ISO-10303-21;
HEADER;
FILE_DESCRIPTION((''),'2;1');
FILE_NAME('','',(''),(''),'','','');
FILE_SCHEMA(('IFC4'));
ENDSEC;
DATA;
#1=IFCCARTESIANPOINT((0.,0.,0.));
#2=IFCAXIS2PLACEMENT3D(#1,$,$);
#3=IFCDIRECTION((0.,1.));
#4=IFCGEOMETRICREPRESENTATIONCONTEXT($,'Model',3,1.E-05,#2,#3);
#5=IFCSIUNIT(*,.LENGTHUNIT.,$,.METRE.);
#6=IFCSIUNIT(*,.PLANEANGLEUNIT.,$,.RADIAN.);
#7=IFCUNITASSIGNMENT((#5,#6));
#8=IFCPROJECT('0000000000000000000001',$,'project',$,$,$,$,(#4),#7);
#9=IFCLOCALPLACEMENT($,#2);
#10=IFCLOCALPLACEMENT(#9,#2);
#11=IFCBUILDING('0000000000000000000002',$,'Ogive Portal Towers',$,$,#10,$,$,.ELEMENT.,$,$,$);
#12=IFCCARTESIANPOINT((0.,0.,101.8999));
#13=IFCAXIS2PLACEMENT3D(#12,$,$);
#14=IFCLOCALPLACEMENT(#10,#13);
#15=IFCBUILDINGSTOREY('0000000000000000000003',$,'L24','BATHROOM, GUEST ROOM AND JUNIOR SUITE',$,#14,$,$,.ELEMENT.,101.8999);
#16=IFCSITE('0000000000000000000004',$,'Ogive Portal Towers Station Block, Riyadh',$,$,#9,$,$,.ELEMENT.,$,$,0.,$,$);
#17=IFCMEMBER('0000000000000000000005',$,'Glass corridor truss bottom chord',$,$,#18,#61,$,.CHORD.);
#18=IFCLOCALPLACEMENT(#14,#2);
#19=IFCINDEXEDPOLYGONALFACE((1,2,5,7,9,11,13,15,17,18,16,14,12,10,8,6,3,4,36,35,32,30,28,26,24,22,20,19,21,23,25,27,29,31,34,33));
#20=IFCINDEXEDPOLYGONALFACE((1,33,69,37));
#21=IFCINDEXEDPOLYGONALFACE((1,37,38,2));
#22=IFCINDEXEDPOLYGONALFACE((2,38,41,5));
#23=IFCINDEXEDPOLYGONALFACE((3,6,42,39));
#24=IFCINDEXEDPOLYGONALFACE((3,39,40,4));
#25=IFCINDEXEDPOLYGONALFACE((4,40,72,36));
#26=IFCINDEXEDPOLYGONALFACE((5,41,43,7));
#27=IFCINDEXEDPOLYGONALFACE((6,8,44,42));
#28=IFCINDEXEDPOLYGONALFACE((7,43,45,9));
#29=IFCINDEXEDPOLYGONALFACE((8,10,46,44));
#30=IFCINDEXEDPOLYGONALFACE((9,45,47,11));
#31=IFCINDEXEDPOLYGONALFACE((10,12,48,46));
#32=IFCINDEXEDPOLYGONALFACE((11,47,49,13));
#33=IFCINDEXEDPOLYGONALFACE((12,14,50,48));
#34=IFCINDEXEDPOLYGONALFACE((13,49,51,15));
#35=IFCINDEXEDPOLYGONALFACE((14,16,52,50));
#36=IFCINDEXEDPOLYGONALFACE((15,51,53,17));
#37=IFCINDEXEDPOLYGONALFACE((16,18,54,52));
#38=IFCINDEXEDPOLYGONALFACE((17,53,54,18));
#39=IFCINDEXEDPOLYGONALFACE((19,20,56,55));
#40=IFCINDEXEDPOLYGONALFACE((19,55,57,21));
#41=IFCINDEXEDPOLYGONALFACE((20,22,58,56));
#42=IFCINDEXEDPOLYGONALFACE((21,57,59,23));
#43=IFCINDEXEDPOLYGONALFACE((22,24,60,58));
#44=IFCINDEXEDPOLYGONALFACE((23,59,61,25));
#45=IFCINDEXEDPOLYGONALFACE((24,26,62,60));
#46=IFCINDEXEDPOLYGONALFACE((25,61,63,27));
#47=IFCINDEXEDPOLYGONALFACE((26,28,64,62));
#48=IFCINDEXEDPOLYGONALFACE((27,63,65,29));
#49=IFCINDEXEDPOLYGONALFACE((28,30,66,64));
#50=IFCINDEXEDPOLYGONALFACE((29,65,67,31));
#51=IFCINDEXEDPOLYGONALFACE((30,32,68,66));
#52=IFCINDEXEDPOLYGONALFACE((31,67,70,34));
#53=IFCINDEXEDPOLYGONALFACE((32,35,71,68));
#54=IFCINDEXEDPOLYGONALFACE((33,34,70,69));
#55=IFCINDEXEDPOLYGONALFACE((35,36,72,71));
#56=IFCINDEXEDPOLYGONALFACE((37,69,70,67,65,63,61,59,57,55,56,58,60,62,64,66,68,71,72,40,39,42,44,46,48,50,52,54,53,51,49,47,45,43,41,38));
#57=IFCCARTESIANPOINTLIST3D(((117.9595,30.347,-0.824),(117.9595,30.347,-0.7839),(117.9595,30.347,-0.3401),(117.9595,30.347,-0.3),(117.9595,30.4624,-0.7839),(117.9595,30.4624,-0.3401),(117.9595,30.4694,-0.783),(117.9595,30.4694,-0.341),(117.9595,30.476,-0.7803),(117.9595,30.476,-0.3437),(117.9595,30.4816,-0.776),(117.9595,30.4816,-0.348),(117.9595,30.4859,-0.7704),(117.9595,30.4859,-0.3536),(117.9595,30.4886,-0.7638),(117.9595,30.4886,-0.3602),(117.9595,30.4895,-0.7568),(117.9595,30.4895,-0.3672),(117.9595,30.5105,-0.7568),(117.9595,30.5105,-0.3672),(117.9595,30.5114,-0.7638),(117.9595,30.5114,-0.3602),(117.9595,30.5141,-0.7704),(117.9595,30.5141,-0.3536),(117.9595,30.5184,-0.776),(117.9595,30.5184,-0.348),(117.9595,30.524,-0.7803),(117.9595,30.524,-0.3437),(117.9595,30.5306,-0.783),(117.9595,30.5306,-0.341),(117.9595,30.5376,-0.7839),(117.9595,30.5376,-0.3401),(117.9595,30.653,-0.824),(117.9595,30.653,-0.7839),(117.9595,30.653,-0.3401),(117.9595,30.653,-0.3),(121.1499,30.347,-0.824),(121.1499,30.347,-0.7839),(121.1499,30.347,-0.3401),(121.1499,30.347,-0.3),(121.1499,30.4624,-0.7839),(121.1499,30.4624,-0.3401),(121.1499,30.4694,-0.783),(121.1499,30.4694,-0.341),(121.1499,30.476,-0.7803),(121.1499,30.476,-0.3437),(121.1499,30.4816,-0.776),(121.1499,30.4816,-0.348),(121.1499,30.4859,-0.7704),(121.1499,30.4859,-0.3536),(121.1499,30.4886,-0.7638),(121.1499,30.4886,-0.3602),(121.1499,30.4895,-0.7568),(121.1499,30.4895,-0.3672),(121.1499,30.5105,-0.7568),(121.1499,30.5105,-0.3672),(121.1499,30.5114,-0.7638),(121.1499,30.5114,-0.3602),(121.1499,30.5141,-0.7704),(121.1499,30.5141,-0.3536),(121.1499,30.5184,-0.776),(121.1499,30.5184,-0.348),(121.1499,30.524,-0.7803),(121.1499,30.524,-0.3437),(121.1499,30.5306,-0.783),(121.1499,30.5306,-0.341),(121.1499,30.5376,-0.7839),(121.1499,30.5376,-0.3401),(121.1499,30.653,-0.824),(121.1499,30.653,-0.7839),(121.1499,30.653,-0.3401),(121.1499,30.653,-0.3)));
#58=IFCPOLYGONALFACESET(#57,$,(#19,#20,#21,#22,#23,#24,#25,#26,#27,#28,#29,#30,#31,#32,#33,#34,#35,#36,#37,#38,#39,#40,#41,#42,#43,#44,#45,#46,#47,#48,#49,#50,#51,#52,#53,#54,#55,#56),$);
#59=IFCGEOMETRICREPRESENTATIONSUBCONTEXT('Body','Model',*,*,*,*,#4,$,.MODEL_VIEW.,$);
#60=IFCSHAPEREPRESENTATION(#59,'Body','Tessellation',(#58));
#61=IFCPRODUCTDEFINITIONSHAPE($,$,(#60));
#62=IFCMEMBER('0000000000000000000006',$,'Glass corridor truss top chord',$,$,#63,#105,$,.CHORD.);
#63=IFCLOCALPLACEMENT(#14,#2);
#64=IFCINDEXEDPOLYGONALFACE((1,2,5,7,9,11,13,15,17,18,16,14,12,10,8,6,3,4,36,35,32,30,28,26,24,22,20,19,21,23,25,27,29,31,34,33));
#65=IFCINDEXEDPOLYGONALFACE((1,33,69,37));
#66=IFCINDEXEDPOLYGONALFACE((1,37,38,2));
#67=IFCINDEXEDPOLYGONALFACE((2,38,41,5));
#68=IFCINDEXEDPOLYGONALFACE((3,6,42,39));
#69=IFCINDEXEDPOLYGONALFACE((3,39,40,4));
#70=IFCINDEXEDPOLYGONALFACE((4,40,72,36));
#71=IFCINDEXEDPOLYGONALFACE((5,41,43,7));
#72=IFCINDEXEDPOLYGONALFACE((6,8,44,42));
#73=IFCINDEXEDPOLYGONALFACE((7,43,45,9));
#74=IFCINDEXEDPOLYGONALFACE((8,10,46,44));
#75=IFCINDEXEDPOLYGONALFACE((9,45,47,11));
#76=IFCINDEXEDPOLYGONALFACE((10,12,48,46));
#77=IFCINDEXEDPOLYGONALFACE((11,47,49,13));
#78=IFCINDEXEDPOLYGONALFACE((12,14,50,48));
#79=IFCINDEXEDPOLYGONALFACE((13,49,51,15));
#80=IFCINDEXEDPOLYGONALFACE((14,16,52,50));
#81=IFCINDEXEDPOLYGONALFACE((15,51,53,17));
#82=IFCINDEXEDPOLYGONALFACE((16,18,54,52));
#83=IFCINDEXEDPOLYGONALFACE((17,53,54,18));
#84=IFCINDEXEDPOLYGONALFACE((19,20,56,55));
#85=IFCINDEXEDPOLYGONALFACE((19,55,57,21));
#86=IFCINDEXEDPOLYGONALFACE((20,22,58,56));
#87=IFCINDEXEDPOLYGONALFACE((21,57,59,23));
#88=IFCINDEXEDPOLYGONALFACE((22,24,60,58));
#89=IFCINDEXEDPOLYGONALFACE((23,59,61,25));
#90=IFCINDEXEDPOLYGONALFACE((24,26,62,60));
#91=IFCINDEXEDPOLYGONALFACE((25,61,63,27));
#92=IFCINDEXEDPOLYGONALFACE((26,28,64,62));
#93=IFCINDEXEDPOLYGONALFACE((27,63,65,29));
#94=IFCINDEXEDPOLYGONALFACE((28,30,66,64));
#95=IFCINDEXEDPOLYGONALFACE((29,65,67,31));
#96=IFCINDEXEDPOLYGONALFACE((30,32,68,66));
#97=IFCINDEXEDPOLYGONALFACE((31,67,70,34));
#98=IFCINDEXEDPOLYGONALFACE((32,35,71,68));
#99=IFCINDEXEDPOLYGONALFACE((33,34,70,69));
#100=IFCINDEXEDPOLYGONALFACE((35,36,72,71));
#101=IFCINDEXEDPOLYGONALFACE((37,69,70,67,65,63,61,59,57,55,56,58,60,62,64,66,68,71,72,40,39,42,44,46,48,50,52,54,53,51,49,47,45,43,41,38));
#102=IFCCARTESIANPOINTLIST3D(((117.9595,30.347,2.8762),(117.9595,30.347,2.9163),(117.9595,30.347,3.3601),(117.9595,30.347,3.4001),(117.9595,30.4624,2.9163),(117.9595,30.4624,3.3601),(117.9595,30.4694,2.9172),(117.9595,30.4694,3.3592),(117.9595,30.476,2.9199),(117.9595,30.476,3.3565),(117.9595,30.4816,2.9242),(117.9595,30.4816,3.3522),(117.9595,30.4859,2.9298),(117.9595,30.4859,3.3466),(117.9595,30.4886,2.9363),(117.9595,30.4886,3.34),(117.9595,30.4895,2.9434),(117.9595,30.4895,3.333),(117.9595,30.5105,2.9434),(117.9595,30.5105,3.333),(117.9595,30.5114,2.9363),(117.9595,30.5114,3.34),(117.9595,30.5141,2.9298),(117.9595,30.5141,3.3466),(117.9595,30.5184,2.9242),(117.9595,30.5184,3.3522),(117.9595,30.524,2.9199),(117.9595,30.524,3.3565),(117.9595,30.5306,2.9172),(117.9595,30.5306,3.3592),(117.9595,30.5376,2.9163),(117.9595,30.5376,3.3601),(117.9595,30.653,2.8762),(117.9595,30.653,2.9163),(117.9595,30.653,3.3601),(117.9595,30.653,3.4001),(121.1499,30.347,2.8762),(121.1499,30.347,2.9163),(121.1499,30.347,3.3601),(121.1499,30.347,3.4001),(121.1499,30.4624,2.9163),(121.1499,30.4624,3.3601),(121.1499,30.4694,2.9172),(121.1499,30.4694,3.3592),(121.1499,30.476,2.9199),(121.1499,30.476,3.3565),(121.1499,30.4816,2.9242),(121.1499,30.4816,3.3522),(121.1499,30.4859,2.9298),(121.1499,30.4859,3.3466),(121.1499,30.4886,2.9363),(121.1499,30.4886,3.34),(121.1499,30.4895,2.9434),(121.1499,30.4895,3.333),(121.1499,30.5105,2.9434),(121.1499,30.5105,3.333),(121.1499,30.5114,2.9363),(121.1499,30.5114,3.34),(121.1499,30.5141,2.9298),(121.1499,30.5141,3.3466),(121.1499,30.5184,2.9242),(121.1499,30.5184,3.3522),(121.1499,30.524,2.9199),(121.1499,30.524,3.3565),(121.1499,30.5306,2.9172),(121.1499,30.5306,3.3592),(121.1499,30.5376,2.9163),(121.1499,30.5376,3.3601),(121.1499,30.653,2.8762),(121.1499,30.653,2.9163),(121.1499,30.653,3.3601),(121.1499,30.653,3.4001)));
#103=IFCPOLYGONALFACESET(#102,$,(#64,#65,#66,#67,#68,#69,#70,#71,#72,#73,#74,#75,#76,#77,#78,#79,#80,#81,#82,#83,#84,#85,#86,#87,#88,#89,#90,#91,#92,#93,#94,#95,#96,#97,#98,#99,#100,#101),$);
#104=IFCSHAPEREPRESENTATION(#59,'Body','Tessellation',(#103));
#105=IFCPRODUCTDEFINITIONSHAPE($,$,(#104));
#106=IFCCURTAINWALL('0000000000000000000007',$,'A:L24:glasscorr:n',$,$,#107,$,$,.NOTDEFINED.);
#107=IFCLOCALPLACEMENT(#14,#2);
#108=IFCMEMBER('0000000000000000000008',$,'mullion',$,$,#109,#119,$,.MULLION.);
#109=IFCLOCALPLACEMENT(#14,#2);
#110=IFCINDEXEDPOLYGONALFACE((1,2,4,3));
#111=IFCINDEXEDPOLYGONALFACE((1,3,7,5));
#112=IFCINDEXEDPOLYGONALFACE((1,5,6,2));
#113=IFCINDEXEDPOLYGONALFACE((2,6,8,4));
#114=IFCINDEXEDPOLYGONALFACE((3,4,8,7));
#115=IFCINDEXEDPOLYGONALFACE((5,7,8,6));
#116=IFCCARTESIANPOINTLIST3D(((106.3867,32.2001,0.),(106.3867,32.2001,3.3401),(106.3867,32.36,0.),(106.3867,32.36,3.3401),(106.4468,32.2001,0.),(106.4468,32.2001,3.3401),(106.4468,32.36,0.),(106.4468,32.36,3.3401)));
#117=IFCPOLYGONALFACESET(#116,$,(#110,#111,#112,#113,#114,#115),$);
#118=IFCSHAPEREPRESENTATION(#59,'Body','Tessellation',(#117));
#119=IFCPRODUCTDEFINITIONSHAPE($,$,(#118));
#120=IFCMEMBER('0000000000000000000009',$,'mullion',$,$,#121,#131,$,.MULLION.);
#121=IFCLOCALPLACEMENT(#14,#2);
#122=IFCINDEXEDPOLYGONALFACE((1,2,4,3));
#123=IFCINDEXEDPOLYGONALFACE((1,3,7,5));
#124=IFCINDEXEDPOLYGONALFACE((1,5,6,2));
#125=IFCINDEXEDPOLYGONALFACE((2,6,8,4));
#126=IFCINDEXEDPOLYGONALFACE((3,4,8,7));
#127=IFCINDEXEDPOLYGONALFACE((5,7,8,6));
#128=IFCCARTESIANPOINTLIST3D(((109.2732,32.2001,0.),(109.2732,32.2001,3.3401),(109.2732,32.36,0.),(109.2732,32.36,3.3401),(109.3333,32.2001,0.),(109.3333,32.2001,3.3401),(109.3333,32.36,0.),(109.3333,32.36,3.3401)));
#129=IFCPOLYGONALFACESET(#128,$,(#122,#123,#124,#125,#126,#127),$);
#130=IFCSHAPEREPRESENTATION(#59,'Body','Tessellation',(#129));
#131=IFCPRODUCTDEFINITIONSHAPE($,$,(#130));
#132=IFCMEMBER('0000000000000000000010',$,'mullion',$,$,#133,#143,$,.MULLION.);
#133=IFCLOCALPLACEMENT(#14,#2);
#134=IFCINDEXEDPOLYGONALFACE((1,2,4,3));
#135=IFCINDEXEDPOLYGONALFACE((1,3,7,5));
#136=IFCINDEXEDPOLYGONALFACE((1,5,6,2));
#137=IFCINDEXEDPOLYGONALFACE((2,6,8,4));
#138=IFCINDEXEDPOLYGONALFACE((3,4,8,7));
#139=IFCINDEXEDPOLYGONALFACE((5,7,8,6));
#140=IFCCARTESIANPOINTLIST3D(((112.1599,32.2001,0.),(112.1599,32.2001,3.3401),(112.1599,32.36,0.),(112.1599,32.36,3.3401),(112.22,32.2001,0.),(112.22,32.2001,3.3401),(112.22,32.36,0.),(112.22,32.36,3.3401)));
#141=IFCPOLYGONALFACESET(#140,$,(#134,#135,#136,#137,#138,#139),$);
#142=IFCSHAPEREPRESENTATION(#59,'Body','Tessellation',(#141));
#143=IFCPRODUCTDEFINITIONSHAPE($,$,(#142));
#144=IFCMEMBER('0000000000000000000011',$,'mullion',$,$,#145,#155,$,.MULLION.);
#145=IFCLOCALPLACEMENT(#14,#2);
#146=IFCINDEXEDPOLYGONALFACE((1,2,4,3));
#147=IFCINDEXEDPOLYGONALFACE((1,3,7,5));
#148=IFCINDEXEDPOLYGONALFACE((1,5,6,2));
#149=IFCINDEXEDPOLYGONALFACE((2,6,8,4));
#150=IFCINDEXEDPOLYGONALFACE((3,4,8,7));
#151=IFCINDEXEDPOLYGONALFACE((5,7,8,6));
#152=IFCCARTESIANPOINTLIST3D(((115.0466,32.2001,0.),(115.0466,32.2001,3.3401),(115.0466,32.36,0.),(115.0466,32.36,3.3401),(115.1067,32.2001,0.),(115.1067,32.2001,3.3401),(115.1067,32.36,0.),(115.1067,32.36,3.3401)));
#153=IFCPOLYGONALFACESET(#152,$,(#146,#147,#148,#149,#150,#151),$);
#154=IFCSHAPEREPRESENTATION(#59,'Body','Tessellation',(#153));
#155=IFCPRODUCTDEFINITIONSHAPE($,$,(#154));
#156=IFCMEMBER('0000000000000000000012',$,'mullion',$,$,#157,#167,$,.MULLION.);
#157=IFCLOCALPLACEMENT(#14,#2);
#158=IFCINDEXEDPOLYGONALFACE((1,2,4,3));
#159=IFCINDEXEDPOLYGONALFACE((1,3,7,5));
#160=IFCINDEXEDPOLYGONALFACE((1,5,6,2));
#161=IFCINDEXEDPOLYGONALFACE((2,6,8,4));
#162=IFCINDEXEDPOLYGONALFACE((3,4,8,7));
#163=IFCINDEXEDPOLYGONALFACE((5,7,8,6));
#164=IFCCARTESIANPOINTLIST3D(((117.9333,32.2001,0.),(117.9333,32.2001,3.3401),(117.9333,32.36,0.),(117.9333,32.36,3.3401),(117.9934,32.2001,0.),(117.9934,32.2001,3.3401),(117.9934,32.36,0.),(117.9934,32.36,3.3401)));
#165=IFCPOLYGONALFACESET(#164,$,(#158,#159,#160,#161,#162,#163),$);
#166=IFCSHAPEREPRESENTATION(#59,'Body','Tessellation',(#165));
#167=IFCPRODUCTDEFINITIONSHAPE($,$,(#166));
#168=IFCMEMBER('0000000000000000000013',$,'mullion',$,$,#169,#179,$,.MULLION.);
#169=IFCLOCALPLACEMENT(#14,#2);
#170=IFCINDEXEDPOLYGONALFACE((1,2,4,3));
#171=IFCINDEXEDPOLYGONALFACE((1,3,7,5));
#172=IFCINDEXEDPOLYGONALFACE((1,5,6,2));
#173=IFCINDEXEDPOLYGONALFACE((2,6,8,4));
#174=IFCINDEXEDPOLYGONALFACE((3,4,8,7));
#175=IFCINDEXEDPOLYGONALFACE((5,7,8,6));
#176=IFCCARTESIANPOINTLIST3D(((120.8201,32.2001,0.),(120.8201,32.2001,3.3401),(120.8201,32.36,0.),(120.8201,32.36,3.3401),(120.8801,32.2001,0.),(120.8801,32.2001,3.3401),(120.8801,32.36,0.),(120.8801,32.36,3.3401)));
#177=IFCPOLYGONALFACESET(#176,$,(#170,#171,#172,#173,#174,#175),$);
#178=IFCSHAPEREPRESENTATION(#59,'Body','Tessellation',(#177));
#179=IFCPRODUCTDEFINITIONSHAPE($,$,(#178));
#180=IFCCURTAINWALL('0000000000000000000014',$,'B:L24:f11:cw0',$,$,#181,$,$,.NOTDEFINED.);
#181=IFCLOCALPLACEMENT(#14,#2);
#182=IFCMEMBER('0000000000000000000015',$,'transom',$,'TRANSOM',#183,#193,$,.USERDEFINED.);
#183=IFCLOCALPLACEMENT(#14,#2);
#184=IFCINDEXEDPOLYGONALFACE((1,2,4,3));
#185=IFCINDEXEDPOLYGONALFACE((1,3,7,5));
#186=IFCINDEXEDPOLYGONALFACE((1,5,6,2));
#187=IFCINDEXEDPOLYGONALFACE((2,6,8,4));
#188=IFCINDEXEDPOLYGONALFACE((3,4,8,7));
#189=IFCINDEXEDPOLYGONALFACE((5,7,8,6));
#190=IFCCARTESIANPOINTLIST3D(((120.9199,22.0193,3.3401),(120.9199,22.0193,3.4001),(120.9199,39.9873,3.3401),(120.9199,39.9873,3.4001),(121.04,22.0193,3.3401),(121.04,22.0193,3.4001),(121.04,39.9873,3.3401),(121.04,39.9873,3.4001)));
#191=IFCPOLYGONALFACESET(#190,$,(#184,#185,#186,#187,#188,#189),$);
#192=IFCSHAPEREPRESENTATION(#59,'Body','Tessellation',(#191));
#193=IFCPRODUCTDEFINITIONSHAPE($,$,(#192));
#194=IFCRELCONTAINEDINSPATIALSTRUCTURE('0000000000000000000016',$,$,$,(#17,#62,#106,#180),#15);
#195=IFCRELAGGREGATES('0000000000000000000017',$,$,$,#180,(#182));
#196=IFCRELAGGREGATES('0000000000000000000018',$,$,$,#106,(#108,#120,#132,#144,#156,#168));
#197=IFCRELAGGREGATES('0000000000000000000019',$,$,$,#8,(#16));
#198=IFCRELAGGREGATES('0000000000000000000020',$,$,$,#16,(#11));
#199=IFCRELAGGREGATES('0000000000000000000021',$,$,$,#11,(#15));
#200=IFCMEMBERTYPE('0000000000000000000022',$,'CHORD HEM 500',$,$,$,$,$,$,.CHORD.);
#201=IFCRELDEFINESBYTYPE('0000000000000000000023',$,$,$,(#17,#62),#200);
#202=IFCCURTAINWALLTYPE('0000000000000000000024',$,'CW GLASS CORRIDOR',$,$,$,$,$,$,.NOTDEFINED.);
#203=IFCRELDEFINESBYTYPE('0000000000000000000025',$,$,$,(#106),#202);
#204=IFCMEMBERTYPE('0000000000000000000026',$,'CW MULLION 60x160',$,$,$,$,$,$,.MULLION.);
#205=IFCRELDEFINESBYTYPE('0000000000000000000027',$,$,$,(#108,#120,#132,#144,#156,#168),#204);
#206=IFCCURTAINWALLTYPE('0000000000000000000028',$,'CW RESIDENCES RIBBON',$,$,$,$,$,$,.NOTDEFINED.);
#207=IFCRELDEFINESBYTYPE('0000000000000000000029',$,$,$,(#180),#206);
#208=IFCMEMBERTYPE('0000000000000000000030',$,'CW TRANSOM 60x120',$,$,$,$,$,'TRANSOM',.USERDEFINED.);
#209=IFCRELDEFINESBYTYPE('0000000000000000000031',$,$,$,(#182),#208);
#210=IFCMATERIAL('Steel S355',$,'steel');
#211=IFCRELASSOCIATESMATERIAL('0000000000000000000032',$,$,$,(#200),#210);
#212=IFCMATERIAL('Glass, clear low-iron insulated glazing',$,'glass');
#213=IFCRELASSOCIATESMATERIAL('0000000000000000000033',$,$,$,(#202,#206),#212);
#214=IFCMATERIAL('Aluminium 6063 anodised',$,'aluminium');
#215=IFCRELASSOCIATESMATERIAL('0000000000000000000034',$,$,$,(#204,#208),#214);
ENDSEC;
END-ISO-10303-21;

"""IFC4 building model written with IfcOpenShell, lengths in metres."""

from ifc_helpers import new_model, si_unit, direction, frame, origin, origin_2d, place, context, subcontext, project, spatial, rectangle, i_section, extrude, material, material_profile, profile_set, type_object, element, aggregate, save


model = new_model("IFC4")

# Units and contexts
model_context = context("Model", 3, precision=1e-05, world=origin(), true_north=direction((0.0, 1.0)))
body_context = subcontext(model_context, "Body", "Model", "MODEL_VIEW")
ifc_project = project(units=[si_unit("LENGTHUNIT", "METRE"), si_unit("PLANEANGLEUNIT", "RADIAN")], contexts=[model_context])

# Site, building, storey
site_placement = place(None, origin())
site = spatial("IfcSite", under=ifc_project, at=site_placement, Name="Ogive Portal Towers Station Block, Riyadh", CompositionType="ELEMENT", RefElevation=0.0)
building_placement = place(site_placement, origin())
building = spatial("IfcBuilding", under=site, at=building_placement, Name="Ogive Portal Towers", CompositionType="ELEMENT")
storey_placement = place(building_placement, frame((0.0, 0.0, 101.8999)))
storey = spatial("IfcBuildingStorey", under=building, at=storey_placement, Name="L24", Description="BATHROOM, GUEST ROOM AND JUNIOR SUITE", CompositionType="ELEMENT", Elevation=101.8999)

# Members
ifc_material_1 = material(Name="Steel S355", Category="steel")
ifc_material_profile_1 = material_profile(ifc_material_1, i_section(OverallWidth=0.3059, OverallDepth=0.5239, WebThickness=0.021, FlangeThickness=0.04, FilletRadius=0.0271, at=origin_2d()), Name="HEM 500")
ifc_profile_set_1 = profile_set([ifc_material_profile_1], Name="Steel S355")
member_type_1 = type_object("IfcMemberType", Name="CHORD HEM 500", PredefinedType="CHORD", material=ifc_profile_set_1)
for number, where, z_axis, x_axis, name in (
    (1, (117.9595, 30.5, -0.562), (1.0, 0.0, 0.0), (0.0, 1.0, 0.0), "Glass corridor truss bottom chord"),
    (2, (117.9595, 30.5, 3.1382), (1.0, 0.0, 0.0), (0.0, 1.0, 0.0), "Glass corridor truss top chord"),
):
    element("IfcMember", number, at=place(storey_placement, frame(where, z_axis=z_axis, x_axis=x_axis)), inside=storey, type_object=member_type_1, Name=name, PredefinedType="CHORD", context=body_context, shape_type="SweptSolid", body=[
        extrude(i_section(OverallWidth=0.3059, OverallDepth=0.5239, WebThickness=0.021, FlangeThickness=0.04, FilletRadius=0.0271, at=origin_2d()), origin(), (0.0, 0.0, 1.0), 3.1904),
    ])

# Curtain wall, members
ifc_material_2 = material(Name="Glass, clear low-iron insulated glazing", Category="glass")
curtain_wall_type_1 = type_object("IfcCurtainWallType", Name="CW GLASS CORRIDOR", PredefinedType="NOTDEFINED", material=ifc_material_2)
curtain_wall_1_placement = place(storey_placement, origin())
curtain_wall_1 = element("IfcCurtainWall", 3, at=curtain_wall_1_placement, inside=storey, type_object=curtain_wall_type_1, Name="A:L24:glasscorr:n", PredefinedType="NOTDEFINED")
ifc_material_3 = material(Name="Aluminium 6063 anodised", Category="aluminium")
ifc_material_profile_2 = material_profile(ifc_material_3, rectangle(XDim=0.1599, YDim=0.0601, at=origin_2d()), Name="AL 60x160")
ifc_profile_set_2 = profile_set([ifc_material_profile_2], Name="Aluminium 6063 anodised")
member_type_2 = type_object("IfcMemberType", Name="CW MULLION 60x160", PredefinedType="MULLION", material=ifc_profile_set_2)
member_1_placement = place(storey_placement, frame((106.4167, 32.28, 0.0), z_axis=(0.0, 0.0, 1.0), x_axis=(0.0, 1.0, 0.0)))
member_1 = element("IfcMember", 4, at=member_1_placement, type_object=member_type_2, Name="mullion", PredefinedType="MULLION", context=body_context, shape_type="SweptSolid", body=[
    extrude(rectangle(XDim=0.1599, YDim=0.0601, at=origin_2d()), origin(), (0.0, 0.0, 1.0), 3.3401),
])
member_2_placement = place(storey_placement, frame((109.3032, 32.28, 0.0), z_axis=(0.0, 0.0, 1.0), x_axis=(0.0, 1.0, 0.0)))
member_2 = element("IfcMember", 5, at=member_2_placement, type_object=member_type_2, Name="mullion", PredefinedType="MULLION", context=body_context, shape_type="SweptSolid", body=[
    extrude(rectangle(XDim=0.1599, YDim=0.0601, at=origin_2d()), origin(), (0.0, 0.0, 1.0), 3.3401),
])
member_3_placement = place(storey_placement, frame((112.1899, 32.28, 0.0), z_axis=(0.0, 0.0, 1.0), x_axis=(0.0, 1.0, 0.0)))
member_3 = element("IfcMember", 6, at=member_3_placement, type_object=member_type_2, Name="mullion", PredefinedType="MULLION", context=body_context, shape_type="SweptSolid", body=[
    extrude(rectangle(XDim=0.1599, YDim=0.0601, at=origin_2d()), origin(), (0.0, 0.0, 1.0), 3.3401),
])
member_4_placement = place(storey_placement, frame((115.0767, 32.28, 0.0), z_axis=(0.0, 0.0, 1.0), x_axis=(0.0, 1.0, 0.0)))
member_4 = element("IfcMember", 7, at=member_4_placement, type_object=member_type_2, Name="mullion", PredefinedType="MULLION", context=body_context, shape_type="SweptSolid", body=[
    extrude(rectangle(XDim=0.1599, YDim=0.0601, at=origin_2d()), origin(), (0.0, 0.0, 1.0), 3.3401),
])
member_5_placement = place(storey_placement, frame((117.9634, 32.28, 0.0), z_axis=(0.0, 0.0, 1.0), x_axis=(0.0, 1.0, 0.0)))
member_5 = element("IfcMember", 8, at=member_5_placement, type_object=member_type_2, Name="mullion", PredefinedType="MULLION", context=body_context, shape_type="SweptSolid", body=[
    extrude(rectangle(XDim=0.1599, YDim=0.0601, at=origin_2d()), origin(), (0.0, 0.0, 1.0), 3.3401),
])
member_6_placement = place(storey_placement, frame((120.8501, 32.28, 0.0), z_axis=(0.0, 0.0, 1.0), x_axis=(0.0, 1.0, 0.0)))
member_6 = element("IfcMember", 9, at=member_6_placement, type_object=member_type_2, Name="mullion", PredefinedType="MULLION", context=body_context, shape_type="SweptSolid", body=[
    extrude(rectangle(XDim=0.1599, YDim=0.0601, at=origin_2d()), origin(), (0.0, 0.0, 1.0), 3.3401),
])

# Curtain wall, member
curtain_wall_type_2 = type_object("IfcCurtainWallType", Name="CW RESIDENCES RIBBON", PredefinedType="NOTDEFINED", material=ifc_material_2)
curtain_wall_2_placement = place(storey_placement, origin())
curtain_wall_2 = element("IfcCurtainWall", 10, at=curtain_wall_2_placement, inside=storey, type_object=curtain_wall_type_2, Name="B:L24:f11:cw0", PredefinedType="NOTDEFINED")
ifc_material_profile_3 = material_profile(ifc_material_3, rectangle(XDim=0.1201, YDim=0.0601, at=origin_2d()), Name="AL 120x60")
ifc_profile_set_3 = profile_set([ifc_material_profile_3], Name="Aluminium 6063 anodised")
member_type_3 = type_object("IfcMemberType", Name="CW TRANSOM 60x120", ElementType="TRANSOM", PredefinedType="USERDEFINED", material=ifc_profile_set_3)
member_7_placement = place(storey_placement, frame((120.98, 39.9873, 3.3701), z_axis=(0.0, -1.0, 0.0), x_axis=(1.0, 0.0, 0.0)))
member_7 = element("IfcMember", 11, at=member_7_placement, type_object=member_type_3, Name="transom", ObjectType="TRANSOM", PredefinedType="USERDEFINED", context=body_context, shape_type="SweptSolid", body=[
    extrude(rectangle(XDim=0.1201, YDim=0.0601, at=origin_2d()), origin(), (0.0, 0.0, 1.0), 17.968),
])

aggregate(curtain_wall_2, [member_7])
aggregate(curtain_wall_1, [member_1, member_2, member_3, member_4, member_5, member_6])

save(model, "model.ifc")
